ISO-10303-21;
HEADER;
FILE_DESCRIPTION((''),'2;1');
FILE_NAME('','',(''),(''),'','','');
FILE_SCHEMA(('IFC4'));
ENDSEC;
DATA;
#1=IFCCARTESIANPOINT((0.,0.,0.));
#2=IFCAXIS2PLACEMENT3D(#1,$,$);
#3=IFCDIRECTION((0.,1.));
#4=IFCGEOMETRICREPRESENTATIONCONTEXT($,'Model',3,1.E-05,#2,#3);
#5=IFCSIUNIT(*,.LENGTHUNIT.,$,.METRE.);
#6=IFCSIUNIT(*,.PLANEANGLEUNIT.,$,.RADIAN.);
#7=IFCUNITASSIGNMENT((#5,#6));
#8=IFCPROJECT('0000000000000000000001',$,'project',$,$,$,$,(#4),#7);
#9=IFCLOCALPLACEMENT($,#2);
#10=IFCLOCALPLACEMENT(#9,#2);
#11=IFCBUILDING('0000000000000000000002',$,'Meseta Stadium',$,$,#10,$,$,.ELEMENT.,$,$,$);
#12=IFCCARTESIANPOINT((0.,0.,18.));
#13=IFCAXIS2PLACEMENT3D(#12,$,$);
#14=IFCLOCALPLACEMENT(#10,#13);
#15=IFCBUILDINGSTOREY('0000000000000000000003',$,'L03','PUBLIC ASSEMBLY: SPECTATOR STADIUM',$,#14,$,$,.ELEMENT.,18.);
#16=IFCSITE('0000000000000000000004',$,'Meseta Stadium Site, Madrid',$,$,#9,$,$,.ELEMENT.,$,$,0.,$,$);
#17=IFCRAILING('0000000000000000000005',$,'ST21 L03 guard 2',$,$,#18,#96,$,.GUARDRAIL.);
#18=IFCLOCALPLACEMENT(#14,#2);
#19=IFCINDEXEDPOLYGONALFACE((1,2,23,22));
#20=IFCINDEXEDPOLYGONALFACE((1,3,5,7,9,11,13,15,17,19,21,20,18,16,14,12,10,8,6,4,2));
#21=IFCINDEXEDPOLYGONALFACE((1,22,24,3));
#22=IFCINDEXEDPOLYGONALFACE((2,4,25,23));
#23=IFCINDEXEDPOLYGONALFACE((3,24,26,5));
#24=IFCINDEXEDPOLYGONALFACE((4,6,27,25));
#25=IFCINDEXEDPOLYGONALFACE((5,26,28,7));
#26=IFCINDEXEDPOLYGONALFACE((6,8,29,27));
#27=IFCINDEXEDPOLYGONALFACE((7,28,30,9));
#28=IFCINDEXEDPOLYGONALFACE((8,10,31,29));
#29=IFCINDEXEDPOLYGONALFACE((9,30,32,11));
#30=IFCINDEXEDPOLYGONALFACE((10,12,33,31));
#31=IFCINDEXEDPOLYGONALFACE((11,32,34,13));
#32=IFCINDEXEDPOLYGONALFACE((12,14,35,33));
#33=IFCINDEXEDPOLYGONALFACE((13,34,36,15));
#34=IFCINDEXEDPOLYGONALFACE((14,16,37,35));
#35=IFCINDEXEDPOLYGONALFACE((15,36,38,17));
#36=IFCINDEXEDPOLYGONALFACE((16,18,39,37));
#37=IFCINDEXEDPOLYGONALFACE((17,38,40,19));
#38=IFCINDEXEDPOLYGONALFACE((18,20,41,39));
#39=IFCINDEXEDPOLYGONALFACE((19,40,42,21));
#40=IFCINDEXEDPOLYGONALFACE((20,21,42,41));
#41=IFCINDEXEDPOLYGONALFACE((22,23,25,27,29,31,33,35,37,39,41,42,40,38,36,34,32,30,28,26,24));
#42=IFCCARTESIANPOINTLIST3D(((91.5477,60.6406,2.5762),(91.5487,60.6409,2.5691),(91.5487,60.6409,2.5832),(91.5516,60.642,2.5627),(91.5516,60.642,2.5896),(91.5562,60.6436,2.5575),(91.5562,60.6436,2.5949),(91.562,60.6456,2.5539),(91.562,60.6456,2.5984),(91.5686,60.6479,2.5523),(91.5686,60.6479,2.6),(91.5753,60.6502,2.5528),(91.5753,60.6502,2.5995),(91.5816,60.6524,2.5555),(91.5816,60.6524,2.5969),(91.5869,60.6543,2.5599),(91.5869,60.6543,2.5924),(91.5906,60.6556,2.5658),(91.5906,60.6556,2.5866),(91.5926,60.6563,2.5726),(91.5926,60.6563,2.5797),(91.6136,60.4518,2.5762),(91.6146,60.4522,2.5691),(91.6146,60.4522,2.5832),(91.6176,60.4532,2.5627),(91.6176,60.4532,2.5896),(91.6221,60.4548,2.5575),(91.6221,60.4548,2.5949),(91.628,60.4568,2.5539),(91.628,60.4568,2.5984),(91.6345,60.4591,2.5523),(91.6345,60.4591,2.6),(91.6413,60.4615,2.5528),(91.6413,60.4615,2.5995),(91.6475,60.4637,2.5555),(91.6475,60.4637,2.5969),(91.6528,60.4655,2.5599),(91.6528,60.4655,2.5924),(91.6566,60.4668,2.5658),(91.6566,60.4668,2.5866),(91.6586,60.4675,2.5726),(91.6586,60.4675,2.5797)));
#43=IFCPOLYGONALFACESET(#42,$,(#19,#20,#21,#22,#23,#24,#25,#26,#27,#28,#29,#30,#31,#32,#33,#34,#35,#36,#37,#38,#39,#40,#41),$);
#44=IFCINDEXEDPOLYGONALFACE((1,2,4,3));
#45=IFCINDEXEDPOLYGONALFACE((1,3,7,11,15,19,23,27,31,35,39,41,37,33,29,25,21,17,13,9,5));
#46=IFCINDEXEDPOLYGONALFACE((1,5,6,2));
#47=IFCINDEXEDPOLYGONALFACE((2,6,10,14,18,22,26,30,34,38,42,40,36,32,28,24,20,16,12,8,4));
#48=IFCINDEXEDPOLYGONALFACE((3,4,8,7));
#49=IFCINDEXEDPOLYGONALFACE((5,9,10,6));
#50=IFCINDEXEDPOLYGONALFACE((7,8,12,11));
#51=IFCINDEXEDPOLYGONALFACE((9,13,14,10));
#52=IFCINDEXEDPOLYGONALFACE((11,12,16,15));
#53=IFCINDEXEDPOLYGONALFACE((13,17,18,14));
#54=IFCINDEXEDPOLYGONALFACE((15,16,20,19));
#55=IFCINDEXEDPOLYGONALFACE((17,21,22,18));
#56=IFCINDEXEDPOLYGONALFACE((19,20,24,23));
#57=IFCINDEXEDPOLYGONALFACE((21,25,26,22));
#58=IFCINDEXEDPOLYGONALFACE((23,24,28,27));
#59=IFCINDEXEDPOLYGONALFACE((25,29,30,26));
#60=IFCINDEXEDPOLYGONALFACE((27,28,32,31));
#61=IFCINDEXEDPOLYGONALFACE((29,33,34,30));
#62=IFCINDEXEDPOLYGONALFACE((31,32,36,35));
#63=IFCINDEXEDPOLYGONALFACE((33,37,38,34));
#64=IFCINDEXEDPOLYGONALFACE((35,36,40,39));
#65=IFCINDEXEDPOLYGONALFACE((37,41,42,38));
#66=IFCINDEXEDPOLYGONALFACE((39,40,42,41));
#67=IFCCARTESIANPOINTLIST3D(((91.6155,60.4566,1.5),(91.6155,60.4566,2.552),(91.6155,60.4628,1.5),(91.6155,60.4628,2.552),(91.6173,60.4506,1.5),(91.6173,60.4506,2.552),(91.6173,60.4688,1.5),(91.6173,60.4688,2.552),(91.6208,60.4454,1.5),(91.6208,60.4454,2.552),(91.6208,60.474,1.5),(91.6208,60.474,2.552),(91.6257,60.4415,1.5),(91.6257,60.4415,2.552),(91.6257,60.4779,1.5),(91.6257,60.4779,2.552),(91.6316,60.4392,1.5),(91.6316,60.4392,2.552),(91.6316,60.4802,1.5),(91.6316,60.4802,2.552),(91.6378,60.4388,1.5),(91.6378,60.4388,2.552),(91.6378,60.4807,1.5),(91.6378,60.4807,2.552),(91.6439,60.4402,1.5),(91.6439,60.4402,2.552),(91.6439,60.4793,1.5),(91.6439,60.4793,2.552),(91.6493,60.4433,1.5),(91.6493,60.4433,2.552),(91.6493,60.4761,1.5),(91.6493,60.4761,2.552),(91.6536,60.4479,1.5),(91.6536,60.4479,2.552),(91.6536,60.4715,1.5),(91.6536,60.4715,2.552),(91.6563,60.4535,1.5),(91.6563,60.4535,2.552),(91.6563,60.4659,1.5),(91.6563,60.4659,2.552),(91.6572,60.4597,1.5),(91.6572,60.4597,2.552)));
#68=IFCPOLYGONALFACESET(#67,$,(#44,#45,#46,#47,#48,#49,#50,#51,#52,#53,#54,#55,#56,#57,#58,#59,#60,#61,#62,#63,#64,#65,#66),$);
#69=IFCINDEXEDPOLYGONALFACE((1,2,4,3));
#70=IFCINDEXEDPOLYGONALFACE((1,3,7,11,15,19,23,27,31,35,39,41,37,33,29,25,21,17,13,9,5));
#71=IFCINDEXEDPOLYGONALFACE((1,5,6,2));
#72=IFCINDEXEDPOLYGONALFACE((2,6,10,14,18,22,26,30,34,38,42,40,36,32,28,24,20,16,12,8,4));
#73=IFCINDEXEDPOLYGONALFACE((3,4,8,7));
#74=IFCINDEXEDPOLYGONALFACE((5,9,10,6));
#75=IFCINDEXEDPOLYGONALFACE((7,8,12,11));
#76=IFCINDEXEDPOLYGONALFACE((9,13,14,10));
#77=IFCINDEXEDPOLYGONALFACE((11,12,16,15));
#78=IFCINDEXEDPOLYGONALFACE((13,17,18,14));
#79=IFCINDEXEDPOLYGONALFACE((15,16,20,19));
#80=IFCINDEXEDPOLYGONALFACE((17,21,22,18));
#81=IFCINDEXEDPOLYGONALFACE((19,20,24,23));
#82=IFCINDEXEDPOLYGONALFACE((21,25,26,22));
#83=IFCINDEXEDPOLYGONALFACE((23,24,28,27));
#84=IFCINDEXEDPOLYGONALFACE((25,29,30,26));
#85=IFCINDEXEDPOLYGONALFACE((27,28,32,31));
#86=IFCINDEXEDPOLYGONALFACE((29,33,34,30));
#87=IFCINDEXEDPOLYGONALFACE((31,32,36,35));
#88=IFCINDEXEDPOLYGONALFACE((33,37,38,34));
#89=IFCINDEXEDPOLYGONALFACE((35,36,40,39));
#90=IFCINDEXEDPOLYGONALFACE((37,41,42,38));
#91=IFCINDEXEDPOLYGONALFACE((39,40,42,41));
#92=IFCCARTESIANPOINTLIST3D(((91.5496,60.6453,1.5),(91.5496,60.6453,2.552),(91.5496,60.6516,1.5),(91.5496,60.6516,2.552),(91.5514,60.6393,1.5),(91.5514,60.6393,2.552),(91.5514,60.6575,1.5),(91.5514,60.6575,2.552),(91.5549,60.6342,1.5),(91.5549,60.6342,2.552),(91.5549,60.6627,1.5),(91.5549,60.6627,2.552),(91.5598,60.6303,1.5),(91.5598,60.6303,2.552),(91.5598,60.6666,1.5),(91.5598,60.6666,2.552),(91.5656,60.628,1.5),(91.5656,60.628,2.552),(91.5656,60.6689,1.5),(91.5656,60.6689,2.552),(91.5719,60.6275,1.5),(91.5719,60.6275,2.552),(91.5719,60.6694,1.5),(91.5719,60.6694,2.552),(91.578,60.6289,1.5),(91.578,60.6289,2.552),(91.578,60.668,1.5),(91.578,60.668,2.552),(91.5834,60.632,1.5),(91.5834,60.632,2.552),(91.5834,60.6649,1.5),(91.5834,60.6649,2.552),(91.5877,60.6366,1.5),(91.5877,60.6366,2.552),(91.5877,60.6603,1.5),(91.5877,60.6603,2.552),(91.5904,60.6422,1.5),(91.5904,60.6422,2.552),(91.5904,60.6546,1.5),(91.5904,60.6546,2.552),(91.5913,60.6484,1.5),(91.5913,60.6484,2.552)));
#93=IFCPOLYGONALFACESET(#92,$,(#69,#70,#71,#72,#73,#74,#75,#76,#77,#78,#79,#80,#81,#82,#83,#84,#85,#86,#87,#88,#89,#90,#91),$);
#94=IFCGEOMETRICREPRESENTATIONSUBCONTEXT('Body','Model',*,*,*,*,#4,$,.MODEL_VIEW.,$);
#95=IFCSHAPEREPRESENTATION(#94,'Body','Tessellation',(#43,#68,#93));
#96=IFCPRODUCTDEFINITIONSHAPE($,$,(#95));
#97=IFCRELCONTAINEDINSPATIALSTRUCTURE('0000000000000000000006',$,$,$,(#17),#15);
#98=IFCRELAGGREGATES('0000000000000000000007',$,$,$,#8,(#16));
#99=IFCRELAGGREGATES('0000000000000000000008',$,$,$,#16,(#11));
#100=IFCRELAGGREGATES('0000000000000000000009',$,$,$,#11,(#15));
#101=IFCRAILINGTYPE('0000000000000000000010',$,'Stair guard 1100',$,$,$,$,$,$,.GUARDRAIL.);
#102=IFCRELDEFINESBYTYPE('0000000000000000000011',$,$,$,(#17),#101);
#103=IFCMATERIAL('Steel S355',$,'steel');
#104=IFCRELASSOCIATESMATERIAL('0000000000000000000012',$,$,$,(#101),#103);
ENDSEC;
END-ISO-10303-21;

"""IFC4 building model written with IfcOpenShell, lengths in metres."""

from ifc_helpers import new_model, si_unit, direction, frame, origin, origin_2d, place, context, subcontext, project, spatial, circle, extrude, material, type_object, element, save


model = new_model("IFC4")

# Units and contexts
model_context = context("Model", 3, precision=1e-05, world=origin(), true_north=direction((0.0, 1.0)))
body_context = subcontext(model_context, "Body", "Model", "MODEL_VIEW")
ifc_project = project(units=[si_unit("LENGTHUNIT", "METRE"), si_unit("PLANEANGLEUNIT", "RADIAN")], contexts=[model_context])

# Site, building, storey
site_placement = place(None, origin())
site = spatial("IfcSite", under=ifc_project, at=site_placement, Name="Meseta Stadium Site, Madrid", CompositionType="ELEMENT", RefElevation=0.0)
building_placement = place(site_placement, origin())
building = spatial("IfcBuilding", under=site, at=building_placement, Name="Meseta Stadium", CompositionType="ELEMENT")
storey_placement = place(building_placement, frame((0.0, 0.0, 18.0)))
storey = spatial("IfcBuildingStorey", under=building, at=storey_placement, Name="L03", Description="PUBLIC ASSEMBLY: SPECTATOR STADIUM", CompositionType="ELEMENT", Elevation=18.0)

# Railing
ifc_material_1 = material(Name="Steel S355", Category="steel")
railing_type_1 = type_object("IfcRailingType", Name="Stair guard 1100", PredefinedType="GUARDRAIL", material=ifc_material_1)
railing_1_placement = place(storey_placement, frame((91.6362, 60.4597, 1.5)))
element("IfcRailing", 1, at=railing_1_placement, inside=storey, type_object=railing_type_1, Name="ST21 L03 guard 2", PredefinedType="GUARDRAIL", context=body_context, shape_type="SweptSolid", body=[
    extrude(circle(Radius=0.0239, at=origin_2d()), frame((0.0, 0.0, 1.0762), z_axis=(-0.329752, 0.944068, 0.0), x_axis=(-0.944068, -0.329752, 0.0)), (0.0, 0.0, 1.0), 0.2),
    extrude(circle(Radius=0.021, at=origin_2d()), origin(), (0.0, 0.0, 1.0), 1.052),
    extrude(circle(Radius=0.021, at=origin_2d()), frame((-0.0659, 0.1887, 0.0)), (0.0, 0.0, 1.0), 1.052),
])

save(model, "model.ifc")
